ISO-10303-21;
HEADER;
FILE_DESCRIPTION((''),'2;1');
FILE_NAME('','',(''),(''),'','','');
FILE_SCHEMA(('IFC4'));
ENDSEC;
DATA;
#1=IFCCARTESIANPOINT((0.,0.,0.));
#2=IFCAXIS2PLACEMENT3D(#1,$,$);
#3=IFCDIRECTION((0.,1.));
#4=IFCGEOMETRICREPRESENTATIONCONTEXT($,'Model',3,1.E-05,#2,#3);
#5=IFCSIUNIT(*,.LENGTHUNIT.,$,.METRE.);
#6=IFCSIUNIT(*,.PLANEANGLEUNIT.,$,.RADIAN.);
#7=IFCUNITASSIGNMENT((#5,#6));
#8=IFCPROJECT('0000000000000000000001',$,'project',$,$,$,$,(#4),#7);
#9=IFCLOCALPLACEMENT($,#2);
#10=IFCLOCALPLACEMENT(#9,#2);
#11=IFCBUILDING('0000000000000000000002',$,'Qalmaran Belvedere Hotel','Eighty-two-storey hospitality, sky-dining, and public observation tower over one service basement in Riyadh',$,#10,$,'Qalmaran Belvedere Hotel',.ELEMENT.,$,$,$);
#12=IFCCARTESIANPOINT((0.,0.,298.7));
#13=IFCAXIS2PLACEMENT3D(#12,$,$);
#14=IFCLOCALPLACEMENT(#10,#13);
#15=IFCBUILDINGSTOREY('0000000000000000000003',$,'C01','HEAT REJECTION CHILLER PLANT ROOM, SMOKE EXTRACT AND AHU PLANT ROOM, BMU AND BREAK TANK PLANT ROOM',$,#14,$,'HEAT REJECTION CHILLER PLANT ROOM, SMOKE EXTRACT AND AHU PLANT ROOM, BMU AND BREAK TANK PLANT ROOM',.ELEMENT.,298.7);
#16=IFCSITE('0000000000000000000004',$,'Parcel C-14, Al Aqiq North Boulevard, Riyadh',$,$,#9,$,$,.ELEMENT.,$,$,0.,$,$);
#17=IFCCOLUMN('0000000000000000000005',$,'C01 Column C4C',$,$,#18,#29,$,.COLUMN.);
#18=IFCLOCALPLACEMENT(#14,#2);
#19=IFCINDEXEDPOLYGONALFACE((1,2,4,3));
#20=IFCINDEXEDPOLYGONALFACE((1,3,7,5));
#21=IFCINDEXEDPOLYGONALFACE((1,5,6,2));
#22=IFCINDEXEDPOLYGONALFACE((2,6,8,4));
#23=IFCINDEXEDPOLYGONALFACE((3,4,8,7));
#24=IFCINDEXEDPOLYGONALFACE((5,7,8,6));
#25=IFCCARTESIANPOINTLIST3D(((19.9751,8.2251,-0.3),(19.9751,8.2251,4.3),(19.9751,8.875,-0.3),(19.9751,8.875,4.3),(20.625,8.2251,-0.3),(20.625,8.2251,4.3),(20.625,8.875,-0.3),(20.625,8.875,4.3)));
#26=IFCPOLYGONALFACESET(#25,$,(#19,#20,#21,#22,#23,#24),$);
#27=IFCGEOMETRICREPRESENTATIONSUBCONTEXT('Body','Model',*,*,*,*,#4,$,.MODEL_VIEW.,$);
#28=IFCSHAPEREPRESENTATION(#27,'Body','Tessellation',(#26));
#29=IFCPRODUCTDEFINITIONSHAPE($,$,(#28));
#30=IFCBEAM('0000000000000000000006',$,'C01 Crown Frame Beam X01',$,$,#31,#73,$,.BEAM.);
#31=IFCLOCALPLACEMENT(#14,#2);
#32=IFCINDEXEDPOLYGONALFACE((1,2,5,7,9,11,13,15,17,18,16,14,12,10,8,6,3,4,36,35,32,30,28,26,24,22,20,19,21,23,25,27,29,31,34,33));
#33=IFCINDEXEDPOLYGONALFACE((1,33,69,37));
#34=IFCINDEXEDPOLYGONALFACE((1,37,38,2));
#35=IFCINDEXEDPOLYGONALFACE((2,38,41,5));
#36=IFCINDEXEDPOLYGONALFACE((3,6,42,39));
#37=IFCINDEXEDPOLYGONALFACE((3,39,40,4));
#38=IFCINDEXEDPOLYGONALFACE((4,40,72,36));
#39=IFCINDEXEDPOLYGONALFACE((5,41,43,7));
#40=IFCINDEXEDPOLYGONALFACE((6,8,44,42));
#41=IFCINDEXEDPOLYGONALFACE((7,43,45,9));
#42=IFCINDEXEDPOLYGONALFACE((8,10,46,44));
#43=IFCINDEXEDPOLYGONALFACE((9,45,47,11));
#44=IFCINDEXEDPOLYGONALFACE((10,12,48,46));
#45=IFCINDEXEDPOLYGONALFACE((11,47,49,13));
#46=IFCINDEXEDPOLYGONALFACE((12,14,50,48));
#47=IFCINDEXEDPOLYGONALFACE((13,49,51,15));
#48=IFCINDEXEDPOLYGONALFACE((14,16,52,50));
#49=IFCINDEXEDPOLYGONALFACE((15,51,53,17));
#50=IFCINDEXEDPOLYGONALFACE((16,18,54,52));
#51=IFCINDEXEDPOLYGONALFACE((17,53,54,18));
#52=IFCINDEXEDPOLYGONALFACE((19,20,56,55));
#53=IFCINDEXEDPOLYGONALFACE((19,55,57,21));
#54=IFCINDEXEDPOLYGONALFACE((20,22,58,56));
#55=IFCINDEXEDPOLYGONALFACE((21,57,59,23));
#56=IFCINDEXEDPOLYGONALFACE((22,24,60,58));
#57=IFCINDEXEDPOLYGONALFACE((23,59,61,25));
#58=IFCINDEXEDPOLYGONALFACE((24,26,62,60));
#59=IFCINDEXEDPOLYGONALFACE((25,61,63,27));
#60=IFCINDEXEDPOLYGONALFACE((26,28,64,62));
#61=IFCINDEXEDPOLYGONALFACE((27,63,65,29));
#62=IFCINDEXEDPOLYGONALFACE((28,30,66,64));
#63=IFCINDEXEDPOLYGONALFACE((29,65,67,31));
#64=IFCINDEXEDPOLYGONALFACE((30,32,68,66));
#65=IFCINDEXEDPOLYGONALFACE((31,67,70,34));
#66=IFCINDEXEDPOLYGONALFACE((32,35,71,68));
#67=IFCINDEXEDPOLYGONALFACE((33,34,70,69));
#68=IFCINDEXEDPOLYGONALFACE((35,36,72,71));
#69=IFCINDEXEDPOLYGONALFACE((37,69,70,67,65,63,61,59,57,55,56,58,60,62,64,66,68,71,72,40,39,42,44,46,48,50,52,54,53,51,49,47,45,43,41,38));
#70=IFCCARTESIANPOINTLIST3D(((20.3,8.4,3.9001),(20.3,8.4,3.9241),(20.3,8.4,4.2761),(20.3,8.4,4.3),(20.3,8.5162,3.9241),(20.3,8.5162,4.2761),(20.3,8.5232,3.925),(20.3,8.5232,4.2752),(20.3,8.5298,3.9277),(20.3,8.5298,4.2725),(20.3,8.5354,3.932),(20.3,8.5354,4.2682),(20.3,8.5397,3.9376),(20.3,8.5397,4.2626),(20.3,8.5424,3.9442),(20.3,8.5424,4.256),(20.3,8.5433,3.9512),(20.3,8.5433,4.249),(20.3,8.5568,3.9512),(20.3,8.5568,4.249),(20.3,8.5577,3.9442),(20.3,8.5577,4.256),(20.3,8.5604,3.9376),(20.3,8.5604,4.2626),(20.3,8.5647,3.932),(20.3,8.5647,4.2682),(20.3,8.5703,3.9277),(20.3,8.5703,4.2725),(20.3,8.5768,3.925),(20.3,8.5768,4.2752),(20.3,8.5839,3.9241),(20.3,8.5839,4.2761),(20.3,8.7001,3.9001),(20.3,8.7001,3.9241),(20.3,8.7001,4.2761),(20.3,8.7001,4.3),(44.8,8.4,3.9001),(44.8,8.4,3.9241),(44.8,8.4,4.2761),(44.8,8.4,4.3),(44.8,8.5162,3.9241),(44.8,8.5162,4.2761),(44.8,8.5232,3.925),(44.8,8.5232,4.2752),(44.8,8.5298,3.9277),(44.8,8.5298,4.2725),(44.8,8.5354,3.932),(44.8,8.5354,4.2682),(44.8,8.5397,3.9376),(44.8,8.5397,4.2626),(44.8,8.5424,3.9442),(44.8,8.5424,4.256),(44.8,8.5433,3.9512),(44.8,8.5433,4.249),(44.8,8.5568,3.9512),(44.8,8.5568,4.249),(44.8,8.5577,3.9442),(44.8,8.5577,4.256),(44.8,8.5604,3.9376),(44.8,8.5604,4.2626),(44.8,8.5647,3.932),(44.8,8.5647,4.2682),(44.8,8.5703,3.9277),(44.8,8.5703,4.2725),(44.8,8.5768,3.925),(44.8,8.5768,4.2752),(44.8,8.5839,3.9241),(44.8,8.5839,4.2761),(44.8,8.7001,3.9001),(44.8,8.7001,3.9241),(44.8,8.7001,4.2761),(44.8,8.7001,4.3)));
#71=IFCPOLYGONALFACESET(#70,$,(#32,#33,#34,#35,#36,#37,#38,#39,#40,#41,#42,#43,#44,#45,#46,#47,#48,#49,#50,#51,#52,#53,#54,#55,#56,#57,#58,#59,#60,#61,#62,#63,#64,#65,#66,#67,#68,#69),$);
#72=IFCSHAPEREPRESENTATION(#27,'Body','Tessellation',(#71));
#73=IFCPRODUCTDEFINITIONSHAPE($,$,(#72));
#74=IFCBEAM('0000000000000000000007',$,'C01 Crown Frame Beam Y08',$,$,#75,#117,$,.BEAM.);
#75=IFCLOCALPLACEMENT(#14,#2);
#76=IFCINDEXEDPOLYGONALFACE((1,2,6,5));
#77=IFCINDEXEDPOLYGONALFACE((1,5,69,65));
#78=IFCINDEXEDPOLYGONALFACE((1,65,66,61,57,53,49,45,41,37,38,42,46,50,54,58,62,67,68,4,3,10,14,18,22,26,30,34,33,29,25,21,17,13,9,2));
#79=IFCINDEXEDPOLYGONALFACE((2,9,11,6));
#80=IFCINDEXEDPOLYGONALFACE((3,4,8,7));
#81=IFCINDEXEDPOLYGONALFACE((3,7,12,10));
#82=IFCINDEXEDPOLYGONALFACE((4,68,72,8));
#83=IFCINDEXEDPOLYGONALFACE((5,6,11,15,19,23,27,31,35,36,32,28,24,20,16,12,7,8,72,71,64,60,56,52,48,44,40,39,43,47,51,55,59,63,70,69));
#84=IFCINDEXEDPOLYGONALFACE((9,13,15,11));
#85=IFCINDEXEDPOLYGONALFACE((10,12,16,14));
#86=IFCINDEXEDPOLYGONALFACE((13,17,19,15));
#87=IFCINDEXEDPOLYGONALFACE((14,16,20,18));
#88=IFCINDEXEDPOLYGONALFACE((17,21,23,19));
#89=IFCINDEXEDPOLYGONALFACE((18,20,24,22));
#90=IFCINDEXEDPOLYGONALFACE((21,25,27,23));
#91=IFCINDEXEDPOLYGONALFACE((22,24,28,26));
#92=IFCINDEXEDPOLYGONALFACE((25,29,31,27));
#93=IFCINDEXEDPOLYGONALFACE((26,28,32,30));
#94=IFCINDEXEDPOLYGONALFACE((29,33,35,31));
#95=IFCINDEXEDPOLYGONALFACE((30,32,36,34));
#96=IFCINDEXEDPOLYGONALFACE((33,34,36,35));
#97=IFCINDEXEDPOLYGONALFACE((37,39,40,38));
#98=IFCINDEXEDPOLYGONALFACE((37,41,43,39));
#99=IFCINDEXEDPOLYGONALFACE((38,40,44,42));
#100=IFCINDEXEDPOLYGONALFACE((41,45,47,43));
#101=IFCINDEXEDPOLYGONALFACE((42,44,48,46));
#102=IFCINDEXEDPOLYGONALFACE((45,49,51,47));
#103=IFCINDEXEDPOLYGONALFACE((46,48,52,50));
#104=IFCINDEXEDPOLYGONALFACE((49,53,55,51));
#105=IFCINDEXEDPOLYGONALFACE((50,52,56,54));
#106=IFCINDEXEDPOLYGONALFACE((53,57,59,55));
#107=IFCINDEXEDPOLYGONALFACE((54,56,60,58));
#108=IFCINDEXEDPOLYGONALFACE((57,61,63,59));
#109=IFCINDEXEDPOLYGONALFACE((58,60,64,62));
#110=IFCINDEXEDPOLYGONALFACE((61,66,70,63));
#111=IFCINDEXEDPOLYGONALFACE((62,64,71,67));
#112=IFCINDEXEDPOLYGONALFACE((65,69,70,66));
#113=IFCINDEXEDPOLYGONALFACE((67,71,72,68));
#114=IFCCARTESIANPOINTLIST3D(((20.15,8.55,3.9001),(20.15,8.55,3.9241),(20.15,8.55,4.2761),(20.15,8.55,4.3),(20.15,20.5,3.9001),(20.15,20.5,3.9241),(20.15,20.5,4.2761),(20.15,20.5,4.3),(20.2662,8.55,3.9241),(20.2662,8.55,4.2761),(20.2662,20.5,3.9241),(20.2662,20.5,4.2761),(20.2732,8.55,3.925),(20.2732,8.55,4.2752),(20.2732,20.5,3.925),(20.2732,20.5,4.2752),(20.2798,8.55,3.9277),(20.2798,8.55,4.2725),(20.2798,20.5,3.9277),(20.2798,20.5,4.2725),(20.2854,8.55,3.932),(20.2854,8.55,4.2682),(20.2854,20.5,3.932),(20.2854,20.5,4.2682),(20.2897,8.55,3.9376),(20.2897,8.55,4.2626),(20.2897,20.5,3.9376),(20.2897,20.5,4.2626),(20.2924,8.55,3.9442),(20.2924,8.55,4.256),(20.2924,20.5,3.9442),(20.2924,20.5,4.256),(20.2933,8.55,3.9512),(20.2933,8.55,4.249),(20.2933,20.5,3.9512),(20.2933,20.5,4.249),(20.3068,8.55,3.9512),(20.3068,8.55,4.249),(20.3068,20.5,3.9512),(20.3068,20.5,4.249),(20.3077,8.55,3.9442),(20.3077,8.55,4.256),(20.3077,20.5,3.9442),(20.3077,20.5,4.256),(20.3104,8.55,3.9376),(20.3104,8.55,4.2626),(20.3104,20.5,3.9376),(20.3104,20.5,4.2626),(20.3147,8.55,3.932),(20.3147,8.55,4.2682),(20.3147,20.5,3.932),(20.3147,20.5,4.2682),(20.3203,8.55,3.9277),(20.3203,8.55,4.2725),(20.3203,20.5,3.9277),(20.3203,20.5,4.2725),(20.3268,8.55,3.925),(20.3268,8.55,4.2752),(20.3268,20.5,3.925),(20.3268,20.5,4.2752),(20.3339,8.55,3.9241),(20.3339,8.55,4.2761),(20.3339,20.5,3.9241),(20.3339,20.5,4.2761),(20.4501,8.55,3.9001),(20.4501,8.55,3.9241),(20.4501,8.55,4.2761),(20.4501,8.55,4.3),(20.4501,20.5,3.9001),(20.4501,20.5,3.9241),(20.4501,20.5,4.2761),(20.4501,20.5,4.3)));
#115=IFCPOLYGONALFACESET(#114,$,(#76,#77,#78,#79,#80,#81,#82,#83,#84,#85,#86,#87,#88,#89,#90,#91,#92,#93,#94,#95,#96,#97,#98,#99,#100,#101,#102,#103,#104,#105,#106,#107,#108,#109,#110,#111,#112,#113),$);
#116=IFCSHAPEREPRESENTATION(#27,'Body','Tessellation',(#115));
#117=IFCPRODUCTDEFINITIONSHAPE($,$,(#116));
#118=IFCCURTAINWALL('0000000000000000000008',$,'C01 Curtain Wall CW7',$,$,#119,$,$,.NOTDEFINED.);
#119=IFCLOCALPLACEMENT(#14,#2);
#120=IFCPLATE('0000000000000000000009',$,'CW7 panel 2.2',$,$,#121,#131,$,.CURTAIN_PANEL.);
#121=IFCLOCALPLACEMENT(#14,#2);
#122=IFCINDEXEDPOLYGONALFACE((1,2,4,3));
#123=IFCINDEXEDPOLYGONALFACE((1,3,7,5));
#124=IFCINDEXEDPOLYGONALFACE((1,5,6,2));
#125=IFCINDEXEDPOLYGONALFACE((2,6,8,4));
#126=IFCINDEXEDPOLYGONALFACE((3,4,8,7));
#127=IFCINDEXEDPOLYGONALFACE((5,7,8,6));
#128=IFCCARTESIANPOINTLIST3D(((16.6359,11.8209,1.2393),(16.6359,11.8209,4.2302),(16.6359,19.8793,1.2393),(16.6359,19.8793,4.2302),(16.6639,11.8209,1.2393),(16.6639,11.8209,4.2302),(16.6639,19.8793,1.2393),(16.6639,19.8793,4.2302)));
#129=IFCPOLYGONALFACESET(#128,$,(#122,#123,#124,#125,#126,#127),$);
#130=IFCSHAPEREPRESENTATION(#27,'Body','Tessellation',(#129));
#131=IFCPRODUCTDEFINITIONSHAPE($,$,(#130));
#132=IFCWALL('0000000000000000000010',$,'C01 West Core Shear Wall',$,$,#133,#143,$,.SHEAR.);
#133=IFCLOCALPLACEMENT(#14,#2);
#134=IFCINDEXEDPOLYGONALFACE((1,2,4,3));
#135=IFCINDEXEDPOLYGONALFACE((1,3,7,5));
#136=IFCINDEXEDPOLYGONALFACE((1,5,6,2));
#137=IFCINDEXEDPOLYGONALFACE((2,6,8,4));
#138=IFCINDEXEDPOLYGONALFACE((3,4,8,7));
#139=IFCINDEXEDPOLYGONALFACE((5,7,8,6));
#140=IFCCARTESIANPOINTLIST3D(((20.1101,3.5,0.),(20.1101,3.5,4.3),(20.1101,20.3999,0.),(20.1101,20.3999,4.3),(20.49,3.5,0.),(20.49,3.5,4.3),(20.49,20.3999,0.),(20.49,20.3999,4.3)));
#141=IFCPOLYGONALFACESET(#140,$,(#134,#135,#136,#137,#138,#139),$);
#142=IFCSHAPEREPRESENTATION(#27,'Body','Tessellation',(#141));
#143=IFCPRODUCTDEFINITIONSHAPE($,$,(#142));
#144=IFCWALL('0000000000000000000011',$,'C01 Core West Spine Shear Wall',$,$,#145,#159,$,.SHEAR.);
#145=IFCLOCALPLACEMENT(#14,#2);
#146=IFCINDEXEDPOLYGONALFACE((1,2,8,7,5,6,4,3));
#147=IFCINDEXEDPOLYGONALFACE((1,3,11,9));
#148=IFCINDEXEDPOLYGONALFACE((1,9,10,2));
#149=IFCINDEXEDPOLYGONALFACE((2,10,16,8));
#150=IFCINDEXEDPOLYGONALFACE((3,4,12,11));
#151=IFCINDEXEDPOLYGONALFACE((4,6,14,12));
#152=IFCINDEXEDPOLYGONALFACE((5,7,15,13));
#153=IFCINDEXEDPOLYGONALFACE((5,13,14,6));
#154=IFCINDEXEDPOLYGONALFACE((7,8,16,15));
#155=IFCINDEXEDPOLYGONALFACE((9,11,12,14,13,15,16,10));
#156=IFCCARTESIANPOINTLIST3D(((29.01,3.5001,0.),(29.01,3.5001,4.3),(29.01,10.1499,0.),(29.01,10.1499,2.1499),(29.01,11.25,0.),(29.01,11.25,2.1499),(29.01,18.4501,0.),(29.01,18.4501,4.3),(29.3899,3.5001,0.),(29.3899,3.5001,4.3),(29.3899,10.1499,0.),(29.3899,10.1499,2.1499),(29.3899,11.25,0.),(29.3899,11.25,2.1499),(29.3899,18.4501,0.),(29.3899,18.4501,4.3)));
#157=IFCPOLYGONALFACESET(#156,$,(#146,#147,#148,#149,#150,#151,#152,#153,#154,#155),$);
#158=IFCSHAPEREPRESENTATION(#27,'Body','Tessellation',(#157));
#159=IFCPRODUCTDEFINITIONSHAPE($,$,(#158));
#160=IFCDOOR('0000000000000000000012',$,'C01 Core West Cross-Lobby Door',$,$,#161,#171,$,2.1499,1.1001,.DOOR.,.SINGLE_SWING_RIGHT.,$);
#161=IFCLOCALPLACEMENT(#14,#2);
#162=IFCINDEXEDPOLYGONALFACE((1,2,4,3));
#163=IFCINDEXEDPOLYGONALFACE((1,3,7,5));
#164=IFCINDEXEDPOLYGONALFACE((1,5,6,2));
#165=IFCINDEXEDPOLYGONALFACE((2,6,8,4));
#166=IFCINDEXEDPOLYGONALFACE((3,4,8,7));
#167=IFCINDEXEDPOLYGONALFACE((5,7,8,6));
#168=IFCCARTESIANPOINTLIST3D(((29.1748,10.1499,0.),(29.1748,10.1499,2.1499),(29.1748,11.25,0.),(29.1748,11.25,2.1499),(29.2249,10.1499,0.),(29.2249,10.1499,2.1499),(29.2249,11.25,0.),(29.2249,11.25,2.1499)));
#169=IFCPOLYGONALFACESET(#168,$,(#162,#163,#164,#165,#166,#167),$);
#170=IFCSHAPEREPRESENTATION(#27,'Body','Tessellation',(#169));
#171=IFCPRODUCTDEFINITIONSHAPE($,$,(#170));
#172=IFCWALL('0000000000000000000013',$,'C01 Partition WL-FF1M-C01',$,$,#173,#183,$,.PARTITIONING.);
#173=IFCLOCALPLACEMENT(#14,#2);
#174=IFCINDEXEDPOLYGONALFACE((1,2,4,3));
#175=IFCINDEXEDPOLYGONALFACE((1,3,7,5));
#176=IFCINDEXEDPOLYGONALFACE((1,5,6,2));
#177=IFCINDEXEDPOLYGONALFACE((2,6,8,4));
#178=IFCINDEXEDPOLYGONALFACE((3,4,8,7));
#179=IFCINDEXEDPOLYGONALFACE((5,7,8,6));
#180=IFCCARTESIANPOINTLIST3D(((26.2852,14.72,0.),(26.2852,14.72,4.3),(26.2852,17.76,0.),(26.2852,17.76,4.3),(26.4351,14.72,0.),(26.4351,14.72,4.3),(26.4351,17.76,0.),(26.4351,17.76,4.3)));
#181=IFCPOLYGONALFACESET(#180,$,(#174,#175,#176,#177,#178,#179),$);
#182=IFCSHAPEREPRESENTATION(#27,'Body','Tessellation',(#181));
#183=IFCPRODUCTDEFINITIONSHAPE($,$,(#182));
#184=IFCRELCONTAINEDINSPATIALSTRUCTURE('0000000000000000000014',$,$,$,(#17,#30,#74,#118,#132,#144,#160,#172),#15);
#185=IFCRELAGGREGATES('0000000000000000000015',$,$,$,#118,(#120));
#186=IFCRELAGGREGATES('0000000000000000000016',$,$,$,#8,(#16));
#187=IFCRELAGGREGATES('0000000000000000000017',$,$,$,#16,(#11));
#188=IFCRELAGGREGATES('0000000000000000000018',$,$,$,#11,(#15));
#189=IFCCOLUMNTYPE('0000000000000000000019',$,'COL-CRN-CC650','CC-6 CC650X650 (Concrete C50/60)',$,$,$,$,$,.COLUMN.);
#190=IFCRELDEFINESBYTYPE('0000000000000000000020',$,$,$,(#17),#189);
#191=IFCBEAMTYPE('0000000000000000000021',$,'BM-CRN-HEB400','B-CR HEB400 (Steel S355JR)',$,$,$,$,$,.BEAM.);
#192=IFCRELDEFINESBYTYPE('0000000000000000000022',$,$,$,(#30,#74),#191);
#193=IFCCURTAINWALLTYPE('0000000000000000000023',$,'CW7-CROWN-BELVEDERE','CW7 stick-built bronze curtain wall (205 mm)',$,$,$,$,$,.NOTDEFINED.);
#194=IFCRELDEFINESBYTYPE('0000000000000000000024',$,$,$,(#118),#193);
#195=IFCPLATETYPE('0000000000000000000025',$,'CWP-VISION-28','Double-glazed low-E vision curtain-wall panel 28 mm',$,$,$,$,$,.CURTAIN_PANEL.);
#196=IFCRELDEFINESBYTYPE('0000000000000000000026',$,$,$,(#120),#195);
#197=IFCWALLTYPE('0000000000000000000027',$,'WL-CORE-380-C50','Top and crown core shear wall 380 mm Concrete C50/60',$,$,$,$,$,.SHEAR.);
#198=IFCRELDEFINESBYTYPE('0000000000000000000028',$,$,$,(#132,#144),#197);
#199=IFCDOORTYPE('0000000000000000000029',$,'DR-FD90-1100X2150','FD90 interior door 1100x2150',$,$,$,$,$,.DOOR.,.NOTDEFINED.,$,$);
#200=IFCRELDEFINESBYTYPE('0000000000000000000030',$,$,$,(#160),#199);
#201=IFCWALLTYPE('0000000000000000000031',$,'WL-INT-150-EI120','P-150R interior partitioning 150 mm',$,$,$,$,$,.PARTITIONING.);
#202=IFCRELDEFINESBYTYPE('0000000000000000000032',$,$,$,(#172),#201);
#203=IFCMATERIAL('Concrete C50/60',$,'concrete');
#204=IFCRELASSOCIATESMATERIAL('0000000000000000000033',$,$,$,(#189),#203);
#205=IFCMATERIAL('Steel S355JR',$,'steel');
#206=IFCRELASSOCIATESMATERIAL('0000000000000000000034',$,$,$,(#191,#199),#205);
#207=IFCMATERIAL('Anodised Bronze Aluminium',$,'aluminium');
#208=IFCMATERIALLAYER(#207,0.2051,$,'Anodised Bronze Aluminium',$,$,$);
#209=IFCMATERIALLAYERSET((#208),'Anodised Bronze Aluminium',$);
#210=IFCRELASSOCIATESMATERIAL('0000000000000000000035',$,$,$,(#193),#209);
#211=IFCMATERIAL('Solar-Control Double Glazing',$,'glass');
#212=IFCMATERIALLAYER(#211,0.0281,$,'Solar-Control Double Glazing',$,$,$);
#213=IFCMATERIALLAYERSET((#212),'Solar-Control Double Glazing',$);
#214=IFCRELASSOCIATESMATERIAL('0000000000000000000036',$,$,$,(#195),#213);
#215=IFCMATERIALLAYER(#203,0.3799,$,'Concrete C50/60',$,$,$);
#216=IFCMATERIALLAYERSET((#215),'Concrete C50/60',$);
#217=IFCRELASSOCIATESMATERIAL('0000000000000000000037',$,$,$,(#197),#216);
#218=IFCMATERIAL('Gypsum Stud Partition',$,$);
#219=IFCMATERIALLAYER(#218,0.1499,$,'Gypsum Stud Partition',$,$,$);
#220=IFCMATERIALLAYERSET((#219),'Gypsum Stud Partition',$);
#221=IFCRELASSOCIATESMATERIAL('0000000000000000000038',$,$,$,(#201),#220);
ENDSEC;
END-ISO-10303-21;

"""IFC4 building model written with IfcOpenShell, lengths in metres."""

from ifc_helpers import new_model, si_unit, direction, frame, frame_2d, origin, origin_2d, place, context, subcontext, project, spatial, rectangle, i_section, extrude, material, layer, layer_set, material_profile, profile_set, type_object, element, fill, aggregate, save


model = new_model("IFC4")

# Units and contexts
model_context = context("Model", 3, precision=1e-05, world=origin(), true_north=direction((0.0, 1.0)))
body_context = subcontext(model_context, "Body", "Model", "MODEL_VIEW")
ifc_project = project(units=[si_unit("LENGTHUNIT", "METRE"), si_unit("PLANEANGLEUNIT", "RADIAN")], contexts=[model_context])

# Site, building, storey
site_placement = place(None, origin())
site = spatial("IfcSite", under=ifc_project, at=site_placement, Name="Parcel C-14, Al Aqiq North Boulevard, Riyadh", CompositionType="ELEMENT", RefElevation=0.0)
building_placement = place(site_placement, origin())
building = spatial("IfcBuilding", under=site, at=building_placement, Name="Qalmaran Belvedere Hotel", Description="Eighty-two-storey hospitality, sky-dining, and public observation tower over one service basement in Riyadh", LongName="Qalmaran Belvedere Hotel", CompositionType="ELEMENT")
storey_placement = place(building_placement, frame((0.0, 0.0, 298.7)))
storey = spatial("IfcBuildingStorey", under=building, at=storey_placement, Name="C01", Description="HEAT REJECTION CHILLER PLANT ROOM, SMOKE EXTRACT AND AHU PLANT ROOM, BMU AND BREAK TANK PLANT ROOM", LongName="HEAT REJECTION CHILLER PLANT ROOM, SMOKE EXTRACT AND AHU PLANT ROOM, BMU AND BREAK TANK PLANT ROOM", CompositionType="ELEMENT", Elevation=298.7)

# Column
ifc_material_1 = material(Name="Concrete C50/60", Category="concrete")
ifc_material_profile_1 = material_profile(ifc_material_1, rectangle(XDim=0.6499, YDim=0.6499, at=origin_2d()), Name="CC650X650")
ifc_profile_set_1 = profile_set([ifc_material_profile_1], Name="Concrete C50/60")
column_type = type_object("IfcColumnType", Name="COL-CRN-CC650", Description="CC-6 CC650X650 (Concrete C50/60)", PredefinedType="COLUMN", material=ifc_profile_set_1)
column_placement = place(storey_placement, frame((20.3, 8.55, -0.3), z_axis=(0.0, 0.0, 1.0), x_axis=(1.0, 0.0, 0.0)))
element("IfcColumn", 1, at=column_placement, inside=storey, type_object=column_type, Name="C01 Column C4C", PredefinedType="COLUMN", context=body_context, shape_type="SweptSolid", body=[
    extrude(rectangle(XDim=0.6499, YDim=0.6499, at=origin_2d()), origin(), (0.0, 0.0, 1.0), 4.6001),
])

# Beams
ifc_material_2 = material(Name="Steel S355JR", Category="steel")
ifc_material_profile_2 = material_profile(ifc_material_2, i_section(OverallWidth=0.3, OverallDepth=0.3999, WebThickness=0.0134, FlangeThickness=0.0239, FilletRadius=0.0271, at=origin_2d()), Name="HEB400")
ifc_profile_set_2 = profile_set([ifc_material_profile_2], Name="Steel S355JR")
beam_type = type_object("IfcBeamType", Name="BM-CRN-HEB400", Description="B-CR HEB400 (Steel S355JR)", PredefinedType="BEAM", material=ifc_profile_set_2)
beam_1_placement = place(storey_placement, frame((20.3, 8.55, 4.1001), z_axis=(1.0, 0.0, 0.0), x_axis=(0.0, 1.0, 0.0)))
element("IfcBeam", 2, at=beam_1_placement, inside=storey, type_object=beam_type, Name="C01 Crown Frame Beam X01", PredefinedType="BEAM", context=body_context, shape_type="SweptSolid", body=[
    extrude(i_section(OverallWidth=0.3, OverallDepth=0.3999, WebThickness=0.0134, FlangeThickness=0.0239, FilletRadius=0.0271, at=origin_2d()), origin(), (0.0, 0.0, 1.0), 24.5),
])
beam_2_placement = place(storey_placement, frame((20.3, 8.55, 4.1001), z_axis=(0.0, 1.0, 0.0), x_axis=(-1.0, 0.0, 0.0)))
element("IfcBeam", 3, at=beam_2_placement, inside=storey, type_object=beam_type, Name="C01 Crown Frame Beam Y08", PredefinedType="BEAM", context=body_context, shape_type="SweptSolid", body=[
    extrude(i_section(OverallWidth=0.3, OverallDepth=0.3999, WebThickness=0.0134, FlangeThickness=0.0239, FilletRadius=0.0271, at=origin_2d()), origin(), (0.0, 0.0, 1.0), 11.95),
])

# Curtain wall, plate
ifc_material_3 = material(Name="Anodised Bronze Aluminium", Category="aluminium")
ifc_layer_1 = layer(ifc_material_3, 0.2051, Name="Anodised Bronze Aluminium")
ifc_layer_set_1 = layer_set([ifc_layer_1], Name="Anodised Bronze Aluminium")
curtain_wall_type = type_object("IfcCurtainWallType", Name="CW7-CROWN-BELVEDERE", Description="CW7 stick-built bronze curtain wall (205 mm)", PredefinedType="NOTDEFINED", material=ifc_layer_set_1)
curtain_wall_placement = place(storey_placement, origin())
curtain_wall = element("IfcCurtainWall", 4, at=curtain_wall_placement, inside=storey, type_object=curtain_wall_type, Name="C01 Curtain Wall CW7", PredefinedType="NOTDEFINED")
ifc_material_4 = material(Name="Solar-Control Double Glazing", Category="glass")
ifc_layer_2 = layer(ifc_material_4, 0.0281, Name="Solar-Control Double Glazing")
ifc_layer_set_2 = layer_set([ifc_layer_2], Name="Solar-Control Double Glazing")
plate_type = type_object("IfcPlateType", Name="CWP-VISION-28", Description="Double-glazed low-E vision curtain-wall panel 28 mm", PredefinedType="CURTAIN_PANEL", material=ifc_layer_set_2)
plate_placement = place(storey_placement, frame((16.6499, 15.8501, 1.2393), z_axis=(0.0, 0.0, 1.0), x_axis=(0.0, -1.0, 0.0)))
plate = element("IfcPlate", 5, at=plate_placement, type_object=plate_type, Name="CW7 panel 2.2", PredefinedType="CURTAIN_PANEL", context=body_context, shape_type="SweptSolid", body=[
    extrude(rectangle(XDim=8.0583, YDim=0.0281, at=origin_2d()), origin(), (0.0, 0.0, 1.0), 2.991),
])
aggregate(curtain_wall, [plate])

# Wall
ifc_layer_3 = layer(ifc_material_1, 0.3799, Name="Concrete C50/60")
ifc_layer_set_3 = layer_set([ifc_layer_3], Name="Concrete C50/60")
wall_type_1 = type_object("IfcWallType", Name="WL-CORE-380-C50", Description="Top and crown core shear wall 380 mm Concrete C50/60", PredefinedType="SHEAR", material=ifc_layer_set_3)
wall_1_placement = place(storey_placement, frame((20.3, 3.5, 0.0), z_axis=(0.0, 0.0, 1.0), x_axis=(0.0, 1.0, 0.0)))
element("IfcWall", 6, at=wall_1_placement, inside=storey, type_object=wall_type_1, Name="C01 West Core Shear Wall", PredefinedType="SHEAR", context=body_context, shape_type="SweptSolid", body=[
    extrude(rectangle(XDim=16.8999, YDim=0.3799, at=frame_2d((8.45, 0.0))), origin(), (0.0, 0.0, 1.0), 4.3),
])

# Wall, opening, door
wall_2_placement = place(storey_placement, frame((29.2, 3.5, 0.0), z_axis=(0.0, 0.0, 1.0), x_axis=(0.0, 1.0, 0.0)))
wall_2 = element("IfcWall", 7, at=wall_2_placement, inside=storey, type_object=wall_type_1, Name="C01 Core West Spine Shear Wall", PredefinedType="SHEAR", context=body_context, shape_type="SweptSolid", body=[
    extrude(rectangle(XDim=14.95, YDim=0.3799, at=frame_2d((7.4751, 0.0))), origin(), (0.0, 0.0, 1.0), 4.3),
])
opening_1_placement = place(wall_2_placement, frame((7.75, 0.0, 0.0), z_axis=(0.0, 0.0, 1.0), x_axis=(-1.0, 0.0, 0.0)))
opening_1 = element("IfcOpeningElement", 8, at=opening_1_placement, cuts=wall_2, PredefinedType="OPENING", context=body_context, shape_type="SweptSolid", body=[
    extrude(rectangle(XDim=1.1001, YDim=2.1499, at=frame_2d((0.55, 1.075))), frame((0.0, 0.2, 0.0), z_axis=(0.0, -1.0, 0.0), x_axis=(1.0, 0.0, 0.0)), (0.0, 0.0, 1.0), 0.3999),
])
door_type_1 = type_object("IfcDoorType", Name="DR-FD90-1100X2150", Description="FD90 interior door 1100x2150", OperationType="NOTDEFINED", PredefinedType="DOOR", material=ifc_material_2)
door_1_placement = place(opening_1_placement, origin())
door_1 = element("IfcDoor", 9, at=door_1_placement, inside=storey, type_object=door_type_1, Name="C01 Core West Cross-Lobby Door", OperationType="SINGLE_SWING_RIGHT", OverallHeight=2.1499, OverallWidth=1.1001, PredefinedType="DOOR", context=body_context, shape_type="SweptSolid", body=[
    extrude(rectangle(XDim=1.1001, YDim=2.1499, at=frame_2d((0.55, 1.075))), frame((0.0, 0.0249, 0.0), z_axis=(0.0, -1.0, 0.0), x_axis=(1.0, 0.0, 0.0)), (0.0, 0.0, 1.0), 0.05),
])
fill(opening_1, door_1)

# Wall
ifc_material_5 = material(Name="Gypsum Stud Partition")
ifc_layer_4 = layer(ifc_material_5, 0.1499, Name="Gypsum Stud Partition")
ifc_layer_set_4 = layer_set([ifc_layer_4], Name="Gypsum Stud Partition")
wall_type_2 = type_object("IfcWallType", Name="WL-INT-150-EI120", Description="P-150R interior partitioning 150 mm", PredefinedType="PARTITIONING", material=ifc_layer_set_4)
wall_3_placement = place(storey_placement, frame((26.3601, 14.72, 0.0), z_axis=(0.0, 0.0, 1.0), x_axis=(0.0, 1.0, 0.0)))
element("IfcWall", 10, at=wall_3_placement, inside=storey, type_object=wall_type_2, Name="C01 Partition WL-FF1M-C01", PredefinedType="PARTITIONING", context=body_context, shape_type="SweptSolid", body=[
    extrude(rectangle(XDim=3.04, YDim=0.1499, at=frame_2d((1.52, 0.0))), origin(), (0.0, 0.0, 1.0), 4.3),
])

save(model, "model.ifc")
